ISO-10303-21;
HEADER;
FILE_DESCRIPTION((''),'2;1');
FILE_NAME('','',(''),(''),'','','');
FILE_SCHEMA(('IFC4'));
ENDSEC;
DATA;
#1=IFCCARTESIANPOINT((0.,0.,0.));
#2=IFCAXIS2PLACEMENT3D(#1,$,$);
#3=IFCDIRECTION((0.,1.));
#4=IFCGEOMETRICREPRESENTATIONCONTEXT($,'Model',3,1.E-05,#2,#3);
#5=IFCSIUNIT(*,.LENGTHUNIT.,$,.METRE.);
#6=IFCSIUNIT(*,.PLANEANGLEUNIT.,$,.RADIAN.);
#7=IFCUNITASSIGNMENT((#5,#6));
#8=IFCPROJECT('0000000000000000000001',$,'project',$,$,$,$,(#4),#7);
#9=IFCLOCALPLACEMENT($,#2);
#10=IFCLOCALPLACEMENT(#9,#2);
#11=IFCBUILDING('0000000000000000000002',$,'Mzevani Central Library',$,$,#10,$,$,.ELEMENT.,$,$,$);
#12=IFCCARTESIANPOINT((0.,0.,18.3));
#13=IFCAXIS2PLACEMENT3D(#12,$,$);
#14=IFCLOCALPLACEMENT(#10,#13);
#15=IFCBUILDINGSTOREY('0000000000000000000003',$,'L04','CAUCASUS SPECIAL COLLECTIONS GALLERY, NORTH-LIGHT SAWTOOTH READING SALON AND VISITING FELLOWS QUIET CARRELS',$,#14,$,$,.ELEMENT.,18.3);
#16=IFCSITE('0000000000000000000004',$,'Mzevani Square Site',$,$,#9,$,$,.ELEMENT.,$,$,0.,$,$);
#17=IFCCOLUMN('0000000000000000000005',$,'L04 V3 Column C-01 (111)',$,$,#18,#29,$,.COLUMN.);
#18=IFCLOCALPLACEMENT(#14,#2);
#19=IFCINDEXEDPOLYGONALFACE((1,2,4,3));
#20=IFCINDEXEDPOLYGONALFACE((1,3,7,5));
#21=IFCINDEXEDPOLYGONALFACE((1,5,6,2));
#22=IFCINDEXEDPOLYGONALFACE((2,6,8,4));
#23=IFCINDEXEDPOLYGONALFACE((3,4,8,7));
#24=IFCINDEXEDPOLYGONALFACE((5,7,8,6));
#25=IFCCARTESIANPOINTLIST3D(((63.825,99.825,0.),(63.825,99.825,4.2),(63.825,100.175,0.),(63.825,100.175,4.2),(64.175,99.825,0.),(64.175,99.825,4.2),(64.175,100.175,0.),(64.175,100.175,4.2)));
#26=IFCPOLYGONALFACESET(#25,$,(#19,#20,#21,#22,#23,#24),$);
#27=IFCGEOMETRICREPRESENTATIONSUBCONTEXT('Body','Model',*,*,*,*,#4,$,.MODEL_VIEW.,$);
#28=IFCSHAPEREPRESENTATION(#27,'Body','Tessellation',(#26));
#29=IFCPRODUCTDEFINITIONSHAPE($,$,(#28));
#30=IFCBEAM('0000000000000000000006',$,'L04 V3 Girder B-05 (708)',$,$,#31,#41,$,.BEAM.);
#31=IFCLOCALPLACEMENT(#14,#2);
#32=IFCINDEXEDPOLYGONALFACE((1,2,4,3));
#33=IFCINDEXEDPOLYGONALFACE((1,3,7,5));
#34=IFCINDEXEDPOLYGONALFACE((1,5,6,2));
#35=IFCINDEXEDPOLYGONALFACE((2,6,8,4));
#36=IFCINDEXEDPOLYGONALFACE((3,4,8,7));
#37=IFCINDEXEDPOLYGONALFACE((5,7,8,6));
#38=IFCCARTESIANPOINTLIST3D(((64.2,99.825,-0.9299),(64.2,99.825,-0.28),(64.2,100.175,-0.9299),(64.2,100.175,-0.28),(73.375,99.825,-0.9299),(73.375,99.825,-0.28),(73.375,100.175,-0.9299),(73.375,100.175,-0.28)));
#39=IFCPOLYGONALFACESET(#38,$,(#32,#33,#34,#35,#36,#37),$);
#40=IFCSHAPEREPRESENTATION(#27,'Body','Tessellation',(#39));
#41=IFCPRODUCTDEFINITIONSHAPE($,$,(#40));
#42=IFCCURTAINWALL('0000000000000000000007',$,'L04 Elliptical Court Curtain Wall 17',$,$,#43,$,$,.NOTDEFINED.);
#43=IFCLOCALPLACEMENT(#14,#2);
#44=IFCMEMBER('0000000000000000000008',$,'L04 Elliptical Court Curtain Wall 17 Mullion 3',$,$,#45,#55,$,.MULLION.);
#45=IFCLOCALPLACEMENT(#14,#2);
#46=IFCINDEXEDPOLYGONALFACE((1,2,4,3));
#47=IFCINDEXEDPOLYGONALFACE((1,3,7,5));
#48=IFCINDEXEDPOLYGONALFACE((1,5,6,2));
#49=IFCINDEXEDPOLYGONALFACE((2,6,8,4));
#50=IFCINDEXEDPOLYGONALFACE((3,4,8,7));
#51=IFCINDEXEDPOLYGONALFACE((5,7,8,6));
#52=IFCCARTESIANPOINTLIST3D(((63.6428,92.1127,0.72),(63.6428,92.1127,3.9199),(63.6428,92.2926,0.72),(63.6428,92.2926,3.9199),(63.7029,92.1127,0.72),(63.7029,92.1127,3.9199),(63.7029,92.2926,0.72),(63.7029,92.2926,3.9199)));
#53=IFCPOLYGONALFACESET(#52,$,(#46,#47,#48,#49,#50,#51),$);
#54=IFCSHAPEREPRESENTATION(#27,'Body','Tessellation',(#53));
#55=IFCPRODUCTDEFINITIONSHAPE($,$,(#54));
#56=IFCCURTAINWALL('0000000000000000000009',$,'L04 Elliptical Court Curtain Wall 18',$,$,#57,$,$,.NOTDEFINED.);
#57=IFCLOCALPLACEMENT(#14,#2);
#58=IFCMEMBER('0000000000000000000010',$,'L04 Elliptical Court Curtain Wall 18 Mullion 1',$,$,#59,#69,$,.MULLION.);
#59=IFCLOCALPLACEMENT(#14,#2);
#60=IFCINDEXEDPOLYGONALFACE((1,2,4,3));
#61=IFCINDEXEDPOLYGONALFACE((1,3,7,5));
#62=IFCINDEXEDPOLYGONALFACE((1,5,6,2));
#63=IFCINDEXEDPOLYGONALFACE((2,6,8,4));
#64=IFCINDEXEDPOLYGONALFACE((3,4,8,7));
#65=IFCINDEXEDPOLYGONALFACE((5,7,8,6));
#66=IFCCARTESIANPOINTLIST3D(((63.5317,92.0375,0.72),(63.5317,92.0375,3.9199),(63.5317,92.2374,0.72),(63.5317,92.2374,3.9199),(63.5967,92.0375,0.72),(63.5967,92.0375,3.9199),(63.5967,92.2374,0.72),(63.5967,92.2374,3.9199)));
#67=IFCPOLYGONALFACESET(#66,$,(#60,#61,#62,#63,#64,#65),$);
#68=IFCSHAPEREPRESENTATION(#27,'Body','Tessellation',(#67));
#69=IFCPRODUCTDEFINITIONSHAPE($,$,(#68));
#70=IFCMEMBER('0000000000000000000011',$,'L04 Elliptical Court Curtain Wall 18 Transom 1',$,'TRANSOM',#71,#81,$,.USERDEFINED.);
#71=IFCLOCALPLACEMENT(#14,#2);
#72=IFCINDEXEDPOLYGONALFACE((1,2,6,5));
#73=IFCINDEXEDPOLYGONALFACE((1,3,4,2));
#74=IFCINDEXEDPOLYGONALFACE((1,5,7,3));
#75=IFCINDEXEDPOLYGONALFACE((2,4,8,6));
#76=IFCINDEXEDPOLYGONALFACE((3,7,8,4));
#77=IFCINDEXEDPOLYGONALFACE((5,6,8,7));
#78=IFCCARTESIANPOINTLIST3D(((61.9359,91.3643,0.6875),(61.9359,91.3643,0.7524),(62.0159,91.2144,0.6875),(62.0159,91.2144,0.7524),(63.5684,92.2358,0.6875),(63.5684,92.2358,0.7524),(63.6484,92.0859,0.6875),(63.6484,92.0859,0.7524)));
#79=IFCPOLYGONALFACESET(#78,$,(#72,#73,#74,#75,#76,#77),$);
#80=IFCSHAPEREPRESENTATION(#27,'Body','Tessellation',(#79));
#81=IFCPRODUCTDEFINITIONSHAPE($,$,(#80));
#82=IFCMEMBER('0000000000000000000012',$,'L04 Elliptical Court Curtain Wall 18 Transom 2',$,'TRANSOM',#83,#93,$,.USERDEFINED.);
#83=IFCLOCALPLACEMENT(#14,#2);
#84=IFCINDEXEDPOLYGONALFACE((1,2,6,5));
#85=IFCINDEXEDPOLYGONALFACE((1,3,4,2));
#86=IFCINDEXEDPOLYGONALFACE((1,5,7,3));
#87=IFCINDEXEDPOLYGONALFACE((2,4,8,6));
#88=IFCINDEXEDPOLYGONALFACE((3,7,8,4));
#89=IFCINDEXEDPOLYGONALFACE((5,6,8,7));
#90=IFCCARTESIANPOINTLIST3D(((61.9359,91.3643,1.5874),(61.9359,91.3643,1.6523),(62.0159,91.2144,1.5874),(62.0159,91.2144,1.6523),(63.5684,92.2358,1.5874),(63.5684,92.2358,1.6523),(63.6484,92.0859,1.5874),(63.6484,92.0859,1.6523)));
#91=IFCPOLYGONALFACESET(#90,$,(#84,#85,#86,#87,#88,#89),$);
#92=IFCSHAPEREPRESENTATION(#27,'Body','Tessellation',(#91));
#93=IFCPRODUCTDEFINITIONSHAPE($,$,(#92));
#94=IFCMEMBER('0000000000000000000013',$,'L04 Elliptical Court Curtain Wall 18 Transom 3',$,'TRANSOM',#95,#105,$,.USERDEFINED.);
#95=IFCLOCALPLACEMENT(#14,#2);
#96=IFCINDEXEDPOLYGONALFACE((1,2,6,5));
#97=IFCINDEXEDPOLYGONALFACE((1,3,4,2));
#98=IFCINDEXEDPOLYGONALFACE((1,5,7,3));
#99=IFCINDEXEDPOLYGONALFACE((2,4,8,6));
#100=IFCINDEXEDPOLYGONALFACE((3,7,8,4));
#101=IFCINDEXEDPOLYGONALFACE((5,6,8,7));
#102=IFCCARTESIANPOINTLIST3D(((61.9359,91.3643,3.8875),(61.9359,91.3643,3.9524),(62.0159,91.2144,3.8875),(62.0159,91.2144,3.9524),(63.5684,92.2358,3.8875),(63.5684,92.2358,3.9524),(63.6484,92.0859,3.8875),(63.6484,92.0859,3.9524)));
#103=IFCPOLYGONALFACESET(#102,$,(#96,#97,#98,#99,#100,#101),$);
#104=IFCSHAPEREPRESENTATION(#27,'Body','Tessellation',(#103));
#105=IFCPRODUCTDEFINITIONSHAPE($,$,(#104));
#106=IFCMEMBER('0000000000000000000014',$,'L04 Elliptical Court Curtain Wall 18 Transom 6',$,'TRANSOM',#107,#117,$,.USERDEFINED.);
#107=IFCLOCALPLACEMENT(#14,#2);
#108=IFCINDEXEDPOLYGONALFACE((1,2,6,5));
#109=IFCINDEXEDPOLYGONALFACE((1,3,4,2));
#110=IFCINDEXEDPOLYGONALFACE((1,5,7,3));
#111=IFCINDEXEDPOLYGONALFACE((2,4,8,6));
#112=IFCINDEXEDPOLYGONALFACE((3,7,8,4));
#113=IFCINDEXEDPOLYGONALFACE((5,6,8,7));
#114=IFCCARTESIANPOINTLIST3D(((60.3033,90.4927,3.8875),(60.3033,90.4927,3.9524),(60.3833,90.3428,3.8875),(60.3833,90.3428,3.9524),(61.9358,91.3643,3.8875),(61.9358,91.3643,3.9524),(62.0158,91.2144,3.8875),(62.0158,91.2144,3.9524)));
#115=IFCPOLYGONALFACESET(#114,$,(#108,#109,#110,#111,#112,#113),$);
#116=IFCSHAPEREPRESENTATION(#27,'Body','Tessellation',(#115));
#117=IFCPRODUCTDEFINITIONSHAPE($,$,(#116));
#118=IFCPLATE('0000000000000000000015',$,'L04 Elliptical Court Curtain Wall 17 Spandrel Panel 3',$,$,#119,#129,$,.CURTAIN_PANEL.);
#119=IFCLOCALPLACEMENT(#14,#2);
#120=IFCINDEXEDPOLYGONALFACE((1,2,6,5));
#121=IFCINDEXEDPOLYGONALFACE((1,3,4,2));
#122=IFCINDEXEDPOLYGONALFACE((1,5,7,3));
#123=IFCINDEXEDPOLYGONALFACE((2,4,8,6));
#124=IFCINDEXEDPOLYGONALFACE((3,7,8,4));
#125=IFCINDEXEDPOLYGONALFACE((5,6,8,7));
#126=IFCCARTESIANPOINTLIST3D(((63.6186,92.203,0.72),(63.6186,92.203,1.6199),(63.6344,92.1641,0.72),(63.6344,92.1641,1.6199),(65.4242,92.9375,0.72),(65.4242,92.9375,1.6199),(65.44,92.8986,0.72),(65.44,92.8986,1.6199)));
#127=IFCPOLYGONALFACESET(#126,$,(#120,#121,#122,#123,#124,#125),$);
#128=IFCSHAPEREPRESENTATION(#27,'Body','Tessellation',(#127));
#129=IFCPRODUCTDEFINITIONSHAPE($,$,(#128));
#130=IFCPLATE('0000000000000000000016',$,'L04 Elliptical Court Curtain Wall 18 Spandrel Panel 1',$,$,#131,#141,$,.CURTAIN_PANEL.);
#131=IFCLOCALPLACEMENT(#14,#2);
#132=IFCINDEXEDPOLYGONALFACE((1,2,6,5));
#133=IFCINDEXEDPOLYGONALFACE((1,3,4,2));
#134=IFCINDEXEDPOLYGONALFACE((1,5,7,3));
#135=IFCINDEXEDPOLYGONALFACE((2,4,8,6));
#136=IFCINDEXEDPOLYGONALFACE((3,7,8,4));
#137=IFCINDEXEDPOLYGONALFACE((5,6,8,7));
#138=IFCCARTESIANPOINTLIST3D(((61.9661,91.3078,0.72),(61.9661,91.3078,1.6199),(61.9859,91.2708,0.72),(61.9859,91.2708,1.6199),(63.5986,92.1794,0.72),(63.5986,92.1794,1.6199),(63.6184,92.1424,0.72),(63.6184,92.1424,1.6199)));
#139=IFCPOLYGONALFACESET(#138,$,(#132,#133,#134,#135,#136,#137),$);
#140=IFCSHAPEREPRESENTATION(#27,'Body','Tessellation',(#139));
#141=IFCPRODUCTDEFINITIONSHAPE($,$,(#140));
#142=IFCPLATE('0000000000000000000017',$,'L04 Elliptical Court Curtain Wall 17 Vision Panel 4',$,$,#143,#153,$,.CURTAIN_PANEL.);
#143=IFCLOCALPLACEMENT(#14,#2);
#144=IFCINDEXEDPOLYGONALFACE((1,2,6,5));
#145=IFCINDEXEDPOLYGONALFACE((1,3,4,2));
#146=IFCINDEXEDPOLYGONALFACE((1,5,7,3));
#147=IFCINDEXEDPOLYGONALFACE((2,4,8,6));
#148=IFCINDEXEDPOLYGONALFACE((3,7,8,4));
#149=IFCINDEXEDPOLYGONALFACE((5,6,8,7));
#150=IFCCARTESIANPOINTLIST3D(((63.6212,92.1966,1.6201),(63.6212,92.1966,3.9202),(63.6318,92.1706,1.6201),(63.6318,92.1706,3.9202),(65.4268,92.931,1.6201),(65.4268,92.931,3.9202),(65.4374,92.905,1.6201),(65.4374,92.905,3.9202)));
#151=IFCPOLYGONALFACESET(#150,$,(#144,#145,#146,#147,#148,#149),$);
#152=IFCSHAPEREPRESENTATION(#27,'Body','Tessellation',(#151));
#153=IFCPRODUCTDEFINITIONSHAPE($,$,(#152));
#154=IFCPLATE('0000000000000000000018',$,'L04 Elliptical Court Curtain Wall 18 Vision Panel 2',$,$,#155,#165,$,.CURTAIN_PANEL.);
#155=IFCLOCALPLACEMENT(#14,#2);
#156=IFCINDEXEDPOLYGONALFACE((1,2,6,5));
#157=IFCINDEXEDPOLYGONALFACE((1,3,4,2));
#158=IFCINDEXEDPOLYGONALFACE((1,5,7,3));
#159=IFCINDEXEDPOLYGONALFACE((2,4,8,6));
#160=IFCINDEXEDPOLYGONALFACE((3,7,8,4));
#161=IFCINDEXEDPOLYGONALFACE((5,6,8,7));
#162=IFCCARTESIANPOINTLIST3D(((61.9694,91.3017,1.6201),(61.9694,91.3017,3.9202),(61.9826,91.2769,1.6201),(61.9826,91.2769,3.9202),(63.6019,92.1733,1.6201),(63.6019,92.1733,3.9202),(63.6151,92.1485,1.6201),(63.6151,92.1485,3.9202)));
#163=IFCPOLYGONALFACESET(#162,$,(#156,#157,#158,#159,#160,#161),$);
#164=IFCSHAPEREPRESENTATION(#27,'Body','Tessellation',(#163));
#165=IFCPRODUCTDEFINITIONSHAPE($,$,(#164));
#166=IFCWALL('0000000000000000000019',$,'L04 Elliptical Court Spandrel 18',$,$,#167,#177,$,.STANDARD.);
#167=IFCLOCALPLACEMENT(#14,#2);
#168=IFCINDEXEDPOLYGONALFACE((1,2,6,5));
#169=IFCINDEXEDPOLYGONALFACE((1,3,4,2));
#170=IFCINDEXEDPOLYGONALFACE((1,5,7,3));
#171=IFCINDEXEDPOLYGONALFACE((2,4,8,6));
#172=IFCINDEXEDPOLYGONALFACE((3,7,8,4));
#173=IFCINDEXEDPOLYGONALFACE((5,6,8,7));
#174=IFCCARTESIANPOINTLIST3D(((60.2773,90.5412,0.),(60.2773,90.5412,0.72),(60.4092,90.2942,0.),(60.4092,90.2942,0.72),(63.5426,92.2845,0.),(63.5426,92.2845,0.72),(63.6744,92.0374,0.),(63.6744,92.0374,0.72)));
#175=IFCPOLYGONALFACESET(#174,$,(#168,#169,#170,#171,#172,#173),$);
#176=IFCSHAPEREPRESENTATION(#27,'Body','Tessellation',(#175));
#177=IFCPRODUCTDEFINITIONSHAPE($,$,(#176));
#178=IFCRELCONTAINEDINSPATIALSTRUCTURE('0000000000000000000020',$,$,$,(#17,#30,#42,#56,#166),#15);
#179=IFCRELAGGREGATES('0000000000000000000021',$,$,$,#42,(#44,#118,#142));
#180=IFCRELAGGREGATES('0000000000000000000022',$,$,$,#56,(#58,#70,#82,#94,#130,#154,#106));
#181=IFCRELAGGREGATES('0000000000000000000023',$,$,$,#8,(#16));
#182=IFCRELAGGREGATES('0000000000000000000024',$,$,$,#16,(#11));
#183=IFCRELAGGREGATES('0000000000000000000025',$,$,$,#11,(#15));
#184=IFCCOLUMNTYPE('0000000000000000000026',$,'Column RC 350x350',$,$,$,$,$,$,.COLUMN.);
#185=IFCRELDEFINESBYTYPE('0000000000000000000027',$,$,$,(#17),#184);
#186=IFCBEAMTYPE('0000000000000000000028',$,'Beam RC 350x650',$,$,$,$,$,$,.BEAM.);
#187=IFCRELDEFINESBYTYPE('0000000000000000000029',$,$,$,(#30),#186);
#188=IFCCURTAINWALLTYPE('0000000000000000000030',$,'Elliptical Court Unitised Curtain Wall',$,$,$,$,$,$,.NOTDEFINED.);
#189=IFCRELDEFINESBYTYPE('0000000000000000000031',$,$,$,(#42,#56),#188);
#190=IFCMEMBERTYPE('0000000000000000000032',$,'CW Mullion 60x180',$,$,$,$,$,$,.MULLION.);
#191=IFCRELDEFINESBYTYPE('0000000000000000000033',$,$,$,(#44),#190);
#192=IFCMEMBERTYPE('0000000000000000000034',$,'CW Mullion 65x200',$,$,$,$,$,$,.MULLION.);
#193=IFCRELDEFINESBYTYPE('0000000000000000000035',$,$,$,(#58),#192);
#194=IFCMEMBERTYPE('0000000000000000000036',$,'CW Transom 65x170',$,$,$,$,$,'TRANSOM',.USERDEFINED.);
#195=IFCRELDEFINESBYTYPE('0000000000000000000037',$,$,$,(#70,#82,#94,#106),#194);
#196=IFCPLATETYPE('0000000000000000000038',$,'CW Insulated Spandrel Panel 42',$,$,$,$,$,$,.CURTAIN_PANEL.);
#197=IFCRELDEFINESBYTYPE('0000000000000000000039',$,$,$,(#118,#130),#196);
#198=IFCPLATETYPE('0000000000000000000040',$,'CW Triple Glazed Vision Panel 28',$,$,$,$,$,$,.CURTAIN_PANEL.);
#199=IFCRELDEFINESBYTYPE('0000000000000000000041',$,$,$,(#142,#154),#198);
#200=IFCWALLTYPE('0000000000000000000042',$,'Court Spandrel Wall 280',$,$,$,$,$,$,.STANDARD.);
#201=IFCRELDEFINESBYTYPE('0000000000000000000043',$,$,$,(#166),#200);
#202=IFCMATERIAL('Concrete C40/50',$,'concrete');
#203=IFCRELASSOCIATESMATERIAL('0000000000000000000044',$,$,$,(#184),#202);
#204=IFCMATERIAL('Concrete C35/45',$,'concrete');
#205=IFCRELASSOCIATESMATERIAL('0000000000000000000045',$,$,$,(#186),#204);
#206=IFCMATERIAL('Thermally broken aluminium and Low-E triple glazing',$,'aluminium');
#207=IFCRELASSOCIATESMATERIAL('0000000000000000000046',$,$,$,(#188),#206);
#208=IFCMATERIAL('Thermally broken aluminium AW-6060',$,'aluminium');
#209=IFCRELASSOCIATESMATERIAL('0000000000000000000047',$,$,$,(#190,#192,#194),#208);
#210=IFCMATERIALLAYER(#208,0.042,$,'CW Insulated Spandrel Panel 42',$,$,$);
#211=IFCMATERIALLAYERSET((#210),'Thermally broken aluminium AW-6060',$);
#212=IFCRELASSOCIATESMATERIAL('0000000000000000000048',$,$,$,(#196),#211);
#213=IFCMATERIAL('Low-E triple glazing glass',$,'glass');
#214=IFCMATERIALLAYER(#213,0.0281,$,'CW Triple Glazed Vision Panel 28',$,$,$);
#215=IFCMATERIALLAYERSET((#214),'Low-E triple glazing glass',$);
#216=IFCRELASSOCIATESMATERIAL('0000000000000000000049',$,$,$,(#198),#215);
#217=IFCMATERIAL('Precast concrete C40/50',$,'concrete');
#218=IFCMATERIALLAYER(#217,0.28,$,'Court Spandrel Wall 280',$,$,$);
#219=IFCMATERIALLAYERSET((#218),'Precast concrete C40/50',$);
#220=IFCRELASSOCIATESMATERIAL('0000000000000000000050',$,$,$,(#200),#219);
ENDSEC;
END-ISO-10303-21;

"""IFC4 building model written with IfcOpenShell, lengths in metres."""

from ifc_helpers import new_model, si_unit, direction, frame, frame_2d, origin, origin_2d, place, context, subcontext, project, spatial, rectangle, extrude, material, layer, layer_set, material_profile, profile_set, type_object, element, aggregate, save


model = new_model("IFC4")

# Units and contexts
model_context = context("Model", 3, precision=1e-05, world=origin(), true_north=direction((0.0, 1.0)))
body_context = subcontext(model_context, "Body", "Model", "MODEL_VIEW")
ifc_project = project(units=[si_unit("LENGTHUNIT", "METRE"), si_unit("PLANEANGLEUNIT", "RADIAN")], contexts=[model_context])

# Site, building, storey
site_placement = place(None, origin())
site = spatial("IfcSite", under=ifc_project, at=site_placement, Name="Mzevani Square Site", CompositionType="ELEMENT", RefElevation=0.0)
building_placement = place(site_placement, origin())
building = spatial("IfcBuilding", under=site, at=building_placement, Name="Mzevani Central Library", CompositionType="ELEMENT")
storey_placement = place(building_placement, frame((0.0, 0.0, 18.3)))
storey = spatial("IfcBuildingStorey", under=building, at=storey_placement, Name="L04", Description="CAUCASUS SPECIAL COLLECTIONS GALLERY, NORTH-LIGHT SAWTOOTH READING SALON AND VISITING FELLOWS QUIET CARRELS", CompositionType="ELEMENT", Elevation=18.3)

# Column
ifc_material_1 = material(Name="Concrete C40/50", Category="concrete")
ifc_material_profile_1 = material_profile(ifc_material_1, rectangle(XDim=0.3501, YDim=0.3501, at=origin_2d()), Name="RC 350x350")
ifc_profile_set_1 = profile_set([ifc_material_profile_1], Name="Concrete C40/50")
column_type = type_object("IfcColumnType", Name="Column RC 350x350", PredefinedType="COLUMN", material=ifc_profile_set_1)
column_placement = place(storey_placement, frame((64.0, 100.0, 0.0), z_axis=(0.0, 0.0, 1.0), x_axis=(1.0, 0.0, 0.0)))
element("IfcColumn", 1, at=column_placement, inside=storey, type_object=column_type, Name="L04 V3 Column C-01 (111)", PredefinedType="COLUMN", context=body_context, shape_type="SweptSolid", body=[
    extrude(rectangle(XDim=0.3501, YDim=0.3501, at=origin_2d()), origin(), (0.0, 0.0, 1.0), 4.2),
])

# Beam
ifc_material_2 = material(Name="Concrete C35/45", Category="concrete")
ifc_material_profile_2 = material_profile(ifc_material_2, rectangle(XDim=0.3501, YDim=0.6499, at=origin_2d()), Name="RC B350x650")
ifc_profile_set_2 = profile_set([ifc_material_profile_2], Name="Concrete C35/45")
beam_type = type_object("IfcBeamType", Name="Beam RC 350x650", PredefinedType="BEAM", material=ifc_profile_set_2)
beam_placement = place(storey_placement, frame((64.2, 100.0, -0.605), z_axis=(1.0, 0.0, 0.0), x_axis=(0.0, 1.0, 0.0)))
element("IfcBeam", 2, at=beam_placement, inside=storey, type_object=beam_type, Name="L04 V3 Girder B-05 (708)", PredefinedType="BEAM", context=body_context, shape_type="SweptSolid", body=[
    extrude(rectangle(XDim=0.3501, YDim=0.6499, at=origin_2d()), origin(), (0.0, 0.0, 1.0), 9.175),
])

# Curtain wall, member
ifc_material_3 = material(Name="Thermally broken aluminium and Low-E triple glazing", Category="aluminium")
curtain_wall_type = type_object("IfcCurtainWallType", Name="Elliptical Court Unitised Curtain Wall", PredefinedType="NOTDEFINED", material=ifc_material_3)
curtain_wall_1_placement = place(storey_placement, origin())
curtain_wall_1 = element("IfcCurtainWall", 3, at=curtain_wall_1_placement, inside=storey, type_object=curtain_wall_type, Name="L04 Elliptical Court Curtain Wall 17", PredefinedType="NOTDEFINED")
ifc_material_4 = material(Name="Thermally broken aluminium AW-6060", Category="aluminium")
ifc_material_profile_3 = material_profile(ifc_material_4, rectangle(XDim=0.0601, YDim=0.1799, at=origin_2d()), Name="ALU M60x180")
ifc_profile_set_3 = profile_set([ifc_material_profile_3], Name="Thermally broken aluminium AW-6060")
member_type_1 = type_object("IfcMemberType", Name="CW Mullion 60x180", PredefinedType="MULLION", material=ifc_profile_set_3)
member_1_placement = place(storey_placement, frame((63.6729, 92.2026, 0.72), z_axis=(0.0, 0.0, 1.0), x_axis=(1.0, 0.0, 0.0)))
member_1 = element("IfcMember", 4, at=member_1_placement, type_object=member_type_1, Name="L04 Elliptical Court Curtain Wall 17 Mullion 3", PredefinedType="MULLION", context=body_context, shape_type="SweptSolid", body=[
    extrude(rectangle(XDim=0.0601, YDim=0.1799, at=origin_2d()), origin(), (0.0, 0.0, 1.0), 3.2),
])

# Curtain wall, members
curtain_wall_2_placement = place(storey_placement, origin())
curtain_wall_2 = element("IfcCurtainWall", 5, at=curtain_wall_2_placement, inside=storey, type_object=curtain_wall_type, Name="L04 Elliptical Court Curtain Wall 18", PredefinedType="NOTDEFINED")
ifc_material_profile_4 = material_profile(ifc_material_4, rectangle(XDim=0.0649, YDim=0.2, at=origin_2d()), Name="ALU M65x200")
ifc_profile_set_4 = profile_set([ifc_material_profile_4], Name="Thermally broken aluminium AW-6060")
member_type_2 = type_object("IfcMemberType", Name="CW Mullion 65x200", PredefinedType="MULLION", material=ifc_profile_set_4)
member_2_placement = place(storey_placement, frame((63.5642, 92.1375, 0.72), z_axis=(0.0, 0.0, 1.0), x_axis=(1.0, 0.0, 0.0)))
member_2 = element("IfcMember", 6, at=member_2_placement, type_object=member_type_2, Name="L04 Elliptical Court Curtain Wall 18 Mullion 1", PredefinedType="MULLION", context=body_context, shape_type="SweptSolid", body=[
    extrude(rectangle(XDim=0.0649, YDim=0.2, at=origin_2d()), origin(), (0.0, 0.0, 1.0), 3.2),
])
ifc_material_profile_5 = material_profile(ifc_material_4, rectangle(XDim=0.1699, YDim=0.0649, at=origin_2d()), Name="ALU T65x170")
ifc_profile_set_5 = profile_set([ifc_material_profile_5], Name="Thermally broken aluminium AW-6060")
member_type_3 = type_object("IfcMemberType", Name="CW Transom 65x170", ElementType="TRANSOM", PredefinedType="USERDEFINED", material=ifc_profile_set_5)
member_3_placement = place(storey_placement, frame((63.6084, 92.1609, 0.72), z_axis=(-0.882156, -0.470958, 0.0), x_axis=(0.470958, -0.882156, 0.0)))
member_3 = element("IfcMember", 7, at=member_3_placement, type_object=member_type_3, Name="L04 Elliptical Court Curtain Wall 18 Transom 1", ObjectType="TRANSOM", PredefinedType="USERDEFINED", context=body_context, shape_type="SweptSolid", body=[
    extrude(rectangle(XDim=0.1699, YDim=0.0649, at=origin_2d()), origin(), (0.0, 0.0, 1.0), 1.8506),
])
member_4_placement = place(storey_placement, frame((63.6084, 92.1609, 1.6199), z_axis=(-0.882156, -0.470958, 0.0), x_axis=(0.470958, -0.882156, 0.0)))
member_4 = element("IfcMember", 8, at=member_4_placement, type_object=member_type_3, Name="L04 Elliptical Court Curtain Wall 18 Transom 2", ObjectType="TRANSOM", PredefinedType="USERDEFINED", context=body_context, shape_type="SweptSolid", body=[
    extrude(rectangle(XDim=0.1699, YDim=0.0649, at=origin_2d()), origin(), (0.0, 0.0, 1.0), 1.8506),
])
member_5_placement = place(storey_placement, frame((63.6084, 92.1609, 3.9199), z_axis=(-0.882156, -0.470958, 0.0), x_axis=(0.470958, -0.882156, 0.0)))
member_5 = element("IfcMember", 9, at=member_5_placement, type_object=member_type_3, Name="L04 Elliptical Court Curtain Wall 18 Transom 3", ObjectType="TRANSOM", PredefinedType="USERDEFINED", context=body_context, shape_type="SweptSolid", body=[
    extrude(rectangle(XDim=0.1699, YDim=0.0649, at=origin_2d()), origin(), (0.0, 0.0, 1.0), 1.8506),
])
member_6_placement = place(storey_placement, frame((61.9758, 91.2893, 3.9199), z_axis=(-0.882156, -0.470958, 0.0), x_axis=(0.470958, -0.882156, 0.0)))
member_6 = element("IfcMember", 10, at=member_6_placement, type_object=member_type_3, Name="L04 Elliptical Court Curtain Wall 18 Transom 6", ObjectType="TRANSOM", PredefinedType="USERDEFINED", context=body_context, shape_type="SweptSolid", body=[
    extrude(rectangle(XDim=0.1699, YDim=0.0649, at=origin_2d()), origin(), (0.0, 0.0, 1.0), 1.8506),
])

# Plates
ifc_layer_1 = layer(ifc_material_4, 0.042, Name="CW Insulated Spandrel Panel 42")
ifc_layer_set_1 = layer_set([ifc_layer_1], Name="Thermally broken aluminium AW-6060")
plate_type_1 = type_object("IfcPlateType", Name="CW Insulated Spandrel Panel 42", PredefinedType="CURTAIN_PANEL", material=ifc_layer_set_1)
plate_1_placement = place(storey_placement, frame((64.5293, 92.5508, 0.72), z_axis=(0.0, 0.0, 1.0), x_axis=(-0.926299, -0.376789, 0.0)))
plate_1 = element("IfcPlate", 11, at=plate_1_placement, type_object=plate_type_1, Name="L04 Elliptical Court Curtain Wall 17 Spandrel Panel 3", PredefinedType="CURTAIN_PANEL", context=body_context, shape_type="SweptSolid", body=[
    extrude(rectangle(XDim=1.9492, YDim=0.042, at=origin_2d()), origin(), (0.0, 0.0, 1.0), 0.8999),
])
plate_2_placement = place(storey_placement, frame((62.7922, 91.7251, 0.72), z_axis=(0.0, 0.0, 1.0), x_axis=(-0.882138, -0.47099, 0.0)))
plate_2 = element("IfcPlate", 12, at=plate_2_placement, type_object=plate_type_1, Name="L04 Elliptical Court Curtain Wall 18 Spandrel Panel 1", PredefinedType="CURTAIN_PANEL", context=body_context, shape_type="SweptSolid", body=[
    extrude(rectangle(XDim=1.8506, YDim=0.042, at=origin_2d()), origin(), (0.0, 0.0, 1.0), 0.8999),
])
ifc_material_5 = material(Name="Low-E triple glazing glass", Category="glass")
ifc_layer_2 = layer(ifc_material_5, 0.0281, Name="CW Triple Glazed Vision Panel 28")
ifc_layer_set_2 = layer_set([ifc_layer_2], Name="Low-E triple glazing glass")
plate_type_2 = type_object("IfcPlateType", Name="CW Triple Glazed Vision Panel 28", PredefinedType="CURTAIN_PANEL", material=ifc_layer_set_2)
plate_3_placement = place(storey_placement, frame((64.5293, 92.5508, 1.6201), z_axis=(0.0, 0.0, 1.0), x_axis=(-0.926299, -0.376789, 0.0)))
plate_3 = element("IfcPlate", 13, at=plate_3_placement, type_object=plate_type_2, Name="L04 Elliptical Court Curtain Wall 17 Vision Panel 4", PredefinedType="CURTAIN_PANEL", context=body_context, shape_type="SweptSolid", body=[
    extrude(rectangle(XDim=1.9492, YDim=0.0281, at=origin_2d()), origin(), (0.0, 0.0, 1.0), 2.3),
])
aggregate(curtain_wall_1, [member_1, plate_1, plate_3])
plate_4_placement = place(storey_placement, frame((62.7922, 91.7251, 1.6201), z_axis=(0.0, 0.0, 1.0), x_axis=(-0.882138, -0.47099, 0.0)))
plate_4 = element("IfcPlate", 14, at=plate_4_placement, type_object=plate_type_2, Name="L04 Elliptical Court Curtain Wall 18 Vision Panel 2", PredefinedType="CURTAIN_PANEL", context=body_context, shape_type="SweptSolid", body=[
    extrude(rectangle(XDim=1.8506, YDim=0.0281, at=origin_2d()), origin(), (0.0, 0.0, 1.0), 2.3),
])
aggregate(curtain_wall_2, [member_2, member_3, member_4, member_5, plate_2, plate_4, member_6])

# Wall
ifc_material_6 = material(Name="Precast concrete C40/50", Category="concrete")
ifc_layer_3 = layer(ifc_material_6, 0.28, Name="Court Spandrel Wall 280")
ifc_layer_set_3 = layer_set([ifc_layer_3], Name="Precast concrete C40/50")
wall_type_1 = type_object("IfcWallType", Name="Court Spandrel Wall 280", PredefinedType="STANDARD", material=ifc_layer_set_3)
wall_1_placement = place(storey_placement, frame((63.6084, 92.1609, 0.0), z_axis=(0.0, 0.0, 1.0), x_axis=(-0.882156, -0.470958, 0.0)))
element("IfcWall", 15, at=wall_1_placement, inside=storey, type_object=wall_type_1, Name="L04 Elliptical Court Spandrel 18", PredefinedType="STANDARD", context=body_context, shape_type="SweptSolid", body=[
    extrude(rectangle(XDim=3.7014, YDim=0.28, at=frame_2d((1.8506, 0.0))), origin(), (0.0, 0.0, 1.0), 0.72),
])

save(model, "model.ifc")
